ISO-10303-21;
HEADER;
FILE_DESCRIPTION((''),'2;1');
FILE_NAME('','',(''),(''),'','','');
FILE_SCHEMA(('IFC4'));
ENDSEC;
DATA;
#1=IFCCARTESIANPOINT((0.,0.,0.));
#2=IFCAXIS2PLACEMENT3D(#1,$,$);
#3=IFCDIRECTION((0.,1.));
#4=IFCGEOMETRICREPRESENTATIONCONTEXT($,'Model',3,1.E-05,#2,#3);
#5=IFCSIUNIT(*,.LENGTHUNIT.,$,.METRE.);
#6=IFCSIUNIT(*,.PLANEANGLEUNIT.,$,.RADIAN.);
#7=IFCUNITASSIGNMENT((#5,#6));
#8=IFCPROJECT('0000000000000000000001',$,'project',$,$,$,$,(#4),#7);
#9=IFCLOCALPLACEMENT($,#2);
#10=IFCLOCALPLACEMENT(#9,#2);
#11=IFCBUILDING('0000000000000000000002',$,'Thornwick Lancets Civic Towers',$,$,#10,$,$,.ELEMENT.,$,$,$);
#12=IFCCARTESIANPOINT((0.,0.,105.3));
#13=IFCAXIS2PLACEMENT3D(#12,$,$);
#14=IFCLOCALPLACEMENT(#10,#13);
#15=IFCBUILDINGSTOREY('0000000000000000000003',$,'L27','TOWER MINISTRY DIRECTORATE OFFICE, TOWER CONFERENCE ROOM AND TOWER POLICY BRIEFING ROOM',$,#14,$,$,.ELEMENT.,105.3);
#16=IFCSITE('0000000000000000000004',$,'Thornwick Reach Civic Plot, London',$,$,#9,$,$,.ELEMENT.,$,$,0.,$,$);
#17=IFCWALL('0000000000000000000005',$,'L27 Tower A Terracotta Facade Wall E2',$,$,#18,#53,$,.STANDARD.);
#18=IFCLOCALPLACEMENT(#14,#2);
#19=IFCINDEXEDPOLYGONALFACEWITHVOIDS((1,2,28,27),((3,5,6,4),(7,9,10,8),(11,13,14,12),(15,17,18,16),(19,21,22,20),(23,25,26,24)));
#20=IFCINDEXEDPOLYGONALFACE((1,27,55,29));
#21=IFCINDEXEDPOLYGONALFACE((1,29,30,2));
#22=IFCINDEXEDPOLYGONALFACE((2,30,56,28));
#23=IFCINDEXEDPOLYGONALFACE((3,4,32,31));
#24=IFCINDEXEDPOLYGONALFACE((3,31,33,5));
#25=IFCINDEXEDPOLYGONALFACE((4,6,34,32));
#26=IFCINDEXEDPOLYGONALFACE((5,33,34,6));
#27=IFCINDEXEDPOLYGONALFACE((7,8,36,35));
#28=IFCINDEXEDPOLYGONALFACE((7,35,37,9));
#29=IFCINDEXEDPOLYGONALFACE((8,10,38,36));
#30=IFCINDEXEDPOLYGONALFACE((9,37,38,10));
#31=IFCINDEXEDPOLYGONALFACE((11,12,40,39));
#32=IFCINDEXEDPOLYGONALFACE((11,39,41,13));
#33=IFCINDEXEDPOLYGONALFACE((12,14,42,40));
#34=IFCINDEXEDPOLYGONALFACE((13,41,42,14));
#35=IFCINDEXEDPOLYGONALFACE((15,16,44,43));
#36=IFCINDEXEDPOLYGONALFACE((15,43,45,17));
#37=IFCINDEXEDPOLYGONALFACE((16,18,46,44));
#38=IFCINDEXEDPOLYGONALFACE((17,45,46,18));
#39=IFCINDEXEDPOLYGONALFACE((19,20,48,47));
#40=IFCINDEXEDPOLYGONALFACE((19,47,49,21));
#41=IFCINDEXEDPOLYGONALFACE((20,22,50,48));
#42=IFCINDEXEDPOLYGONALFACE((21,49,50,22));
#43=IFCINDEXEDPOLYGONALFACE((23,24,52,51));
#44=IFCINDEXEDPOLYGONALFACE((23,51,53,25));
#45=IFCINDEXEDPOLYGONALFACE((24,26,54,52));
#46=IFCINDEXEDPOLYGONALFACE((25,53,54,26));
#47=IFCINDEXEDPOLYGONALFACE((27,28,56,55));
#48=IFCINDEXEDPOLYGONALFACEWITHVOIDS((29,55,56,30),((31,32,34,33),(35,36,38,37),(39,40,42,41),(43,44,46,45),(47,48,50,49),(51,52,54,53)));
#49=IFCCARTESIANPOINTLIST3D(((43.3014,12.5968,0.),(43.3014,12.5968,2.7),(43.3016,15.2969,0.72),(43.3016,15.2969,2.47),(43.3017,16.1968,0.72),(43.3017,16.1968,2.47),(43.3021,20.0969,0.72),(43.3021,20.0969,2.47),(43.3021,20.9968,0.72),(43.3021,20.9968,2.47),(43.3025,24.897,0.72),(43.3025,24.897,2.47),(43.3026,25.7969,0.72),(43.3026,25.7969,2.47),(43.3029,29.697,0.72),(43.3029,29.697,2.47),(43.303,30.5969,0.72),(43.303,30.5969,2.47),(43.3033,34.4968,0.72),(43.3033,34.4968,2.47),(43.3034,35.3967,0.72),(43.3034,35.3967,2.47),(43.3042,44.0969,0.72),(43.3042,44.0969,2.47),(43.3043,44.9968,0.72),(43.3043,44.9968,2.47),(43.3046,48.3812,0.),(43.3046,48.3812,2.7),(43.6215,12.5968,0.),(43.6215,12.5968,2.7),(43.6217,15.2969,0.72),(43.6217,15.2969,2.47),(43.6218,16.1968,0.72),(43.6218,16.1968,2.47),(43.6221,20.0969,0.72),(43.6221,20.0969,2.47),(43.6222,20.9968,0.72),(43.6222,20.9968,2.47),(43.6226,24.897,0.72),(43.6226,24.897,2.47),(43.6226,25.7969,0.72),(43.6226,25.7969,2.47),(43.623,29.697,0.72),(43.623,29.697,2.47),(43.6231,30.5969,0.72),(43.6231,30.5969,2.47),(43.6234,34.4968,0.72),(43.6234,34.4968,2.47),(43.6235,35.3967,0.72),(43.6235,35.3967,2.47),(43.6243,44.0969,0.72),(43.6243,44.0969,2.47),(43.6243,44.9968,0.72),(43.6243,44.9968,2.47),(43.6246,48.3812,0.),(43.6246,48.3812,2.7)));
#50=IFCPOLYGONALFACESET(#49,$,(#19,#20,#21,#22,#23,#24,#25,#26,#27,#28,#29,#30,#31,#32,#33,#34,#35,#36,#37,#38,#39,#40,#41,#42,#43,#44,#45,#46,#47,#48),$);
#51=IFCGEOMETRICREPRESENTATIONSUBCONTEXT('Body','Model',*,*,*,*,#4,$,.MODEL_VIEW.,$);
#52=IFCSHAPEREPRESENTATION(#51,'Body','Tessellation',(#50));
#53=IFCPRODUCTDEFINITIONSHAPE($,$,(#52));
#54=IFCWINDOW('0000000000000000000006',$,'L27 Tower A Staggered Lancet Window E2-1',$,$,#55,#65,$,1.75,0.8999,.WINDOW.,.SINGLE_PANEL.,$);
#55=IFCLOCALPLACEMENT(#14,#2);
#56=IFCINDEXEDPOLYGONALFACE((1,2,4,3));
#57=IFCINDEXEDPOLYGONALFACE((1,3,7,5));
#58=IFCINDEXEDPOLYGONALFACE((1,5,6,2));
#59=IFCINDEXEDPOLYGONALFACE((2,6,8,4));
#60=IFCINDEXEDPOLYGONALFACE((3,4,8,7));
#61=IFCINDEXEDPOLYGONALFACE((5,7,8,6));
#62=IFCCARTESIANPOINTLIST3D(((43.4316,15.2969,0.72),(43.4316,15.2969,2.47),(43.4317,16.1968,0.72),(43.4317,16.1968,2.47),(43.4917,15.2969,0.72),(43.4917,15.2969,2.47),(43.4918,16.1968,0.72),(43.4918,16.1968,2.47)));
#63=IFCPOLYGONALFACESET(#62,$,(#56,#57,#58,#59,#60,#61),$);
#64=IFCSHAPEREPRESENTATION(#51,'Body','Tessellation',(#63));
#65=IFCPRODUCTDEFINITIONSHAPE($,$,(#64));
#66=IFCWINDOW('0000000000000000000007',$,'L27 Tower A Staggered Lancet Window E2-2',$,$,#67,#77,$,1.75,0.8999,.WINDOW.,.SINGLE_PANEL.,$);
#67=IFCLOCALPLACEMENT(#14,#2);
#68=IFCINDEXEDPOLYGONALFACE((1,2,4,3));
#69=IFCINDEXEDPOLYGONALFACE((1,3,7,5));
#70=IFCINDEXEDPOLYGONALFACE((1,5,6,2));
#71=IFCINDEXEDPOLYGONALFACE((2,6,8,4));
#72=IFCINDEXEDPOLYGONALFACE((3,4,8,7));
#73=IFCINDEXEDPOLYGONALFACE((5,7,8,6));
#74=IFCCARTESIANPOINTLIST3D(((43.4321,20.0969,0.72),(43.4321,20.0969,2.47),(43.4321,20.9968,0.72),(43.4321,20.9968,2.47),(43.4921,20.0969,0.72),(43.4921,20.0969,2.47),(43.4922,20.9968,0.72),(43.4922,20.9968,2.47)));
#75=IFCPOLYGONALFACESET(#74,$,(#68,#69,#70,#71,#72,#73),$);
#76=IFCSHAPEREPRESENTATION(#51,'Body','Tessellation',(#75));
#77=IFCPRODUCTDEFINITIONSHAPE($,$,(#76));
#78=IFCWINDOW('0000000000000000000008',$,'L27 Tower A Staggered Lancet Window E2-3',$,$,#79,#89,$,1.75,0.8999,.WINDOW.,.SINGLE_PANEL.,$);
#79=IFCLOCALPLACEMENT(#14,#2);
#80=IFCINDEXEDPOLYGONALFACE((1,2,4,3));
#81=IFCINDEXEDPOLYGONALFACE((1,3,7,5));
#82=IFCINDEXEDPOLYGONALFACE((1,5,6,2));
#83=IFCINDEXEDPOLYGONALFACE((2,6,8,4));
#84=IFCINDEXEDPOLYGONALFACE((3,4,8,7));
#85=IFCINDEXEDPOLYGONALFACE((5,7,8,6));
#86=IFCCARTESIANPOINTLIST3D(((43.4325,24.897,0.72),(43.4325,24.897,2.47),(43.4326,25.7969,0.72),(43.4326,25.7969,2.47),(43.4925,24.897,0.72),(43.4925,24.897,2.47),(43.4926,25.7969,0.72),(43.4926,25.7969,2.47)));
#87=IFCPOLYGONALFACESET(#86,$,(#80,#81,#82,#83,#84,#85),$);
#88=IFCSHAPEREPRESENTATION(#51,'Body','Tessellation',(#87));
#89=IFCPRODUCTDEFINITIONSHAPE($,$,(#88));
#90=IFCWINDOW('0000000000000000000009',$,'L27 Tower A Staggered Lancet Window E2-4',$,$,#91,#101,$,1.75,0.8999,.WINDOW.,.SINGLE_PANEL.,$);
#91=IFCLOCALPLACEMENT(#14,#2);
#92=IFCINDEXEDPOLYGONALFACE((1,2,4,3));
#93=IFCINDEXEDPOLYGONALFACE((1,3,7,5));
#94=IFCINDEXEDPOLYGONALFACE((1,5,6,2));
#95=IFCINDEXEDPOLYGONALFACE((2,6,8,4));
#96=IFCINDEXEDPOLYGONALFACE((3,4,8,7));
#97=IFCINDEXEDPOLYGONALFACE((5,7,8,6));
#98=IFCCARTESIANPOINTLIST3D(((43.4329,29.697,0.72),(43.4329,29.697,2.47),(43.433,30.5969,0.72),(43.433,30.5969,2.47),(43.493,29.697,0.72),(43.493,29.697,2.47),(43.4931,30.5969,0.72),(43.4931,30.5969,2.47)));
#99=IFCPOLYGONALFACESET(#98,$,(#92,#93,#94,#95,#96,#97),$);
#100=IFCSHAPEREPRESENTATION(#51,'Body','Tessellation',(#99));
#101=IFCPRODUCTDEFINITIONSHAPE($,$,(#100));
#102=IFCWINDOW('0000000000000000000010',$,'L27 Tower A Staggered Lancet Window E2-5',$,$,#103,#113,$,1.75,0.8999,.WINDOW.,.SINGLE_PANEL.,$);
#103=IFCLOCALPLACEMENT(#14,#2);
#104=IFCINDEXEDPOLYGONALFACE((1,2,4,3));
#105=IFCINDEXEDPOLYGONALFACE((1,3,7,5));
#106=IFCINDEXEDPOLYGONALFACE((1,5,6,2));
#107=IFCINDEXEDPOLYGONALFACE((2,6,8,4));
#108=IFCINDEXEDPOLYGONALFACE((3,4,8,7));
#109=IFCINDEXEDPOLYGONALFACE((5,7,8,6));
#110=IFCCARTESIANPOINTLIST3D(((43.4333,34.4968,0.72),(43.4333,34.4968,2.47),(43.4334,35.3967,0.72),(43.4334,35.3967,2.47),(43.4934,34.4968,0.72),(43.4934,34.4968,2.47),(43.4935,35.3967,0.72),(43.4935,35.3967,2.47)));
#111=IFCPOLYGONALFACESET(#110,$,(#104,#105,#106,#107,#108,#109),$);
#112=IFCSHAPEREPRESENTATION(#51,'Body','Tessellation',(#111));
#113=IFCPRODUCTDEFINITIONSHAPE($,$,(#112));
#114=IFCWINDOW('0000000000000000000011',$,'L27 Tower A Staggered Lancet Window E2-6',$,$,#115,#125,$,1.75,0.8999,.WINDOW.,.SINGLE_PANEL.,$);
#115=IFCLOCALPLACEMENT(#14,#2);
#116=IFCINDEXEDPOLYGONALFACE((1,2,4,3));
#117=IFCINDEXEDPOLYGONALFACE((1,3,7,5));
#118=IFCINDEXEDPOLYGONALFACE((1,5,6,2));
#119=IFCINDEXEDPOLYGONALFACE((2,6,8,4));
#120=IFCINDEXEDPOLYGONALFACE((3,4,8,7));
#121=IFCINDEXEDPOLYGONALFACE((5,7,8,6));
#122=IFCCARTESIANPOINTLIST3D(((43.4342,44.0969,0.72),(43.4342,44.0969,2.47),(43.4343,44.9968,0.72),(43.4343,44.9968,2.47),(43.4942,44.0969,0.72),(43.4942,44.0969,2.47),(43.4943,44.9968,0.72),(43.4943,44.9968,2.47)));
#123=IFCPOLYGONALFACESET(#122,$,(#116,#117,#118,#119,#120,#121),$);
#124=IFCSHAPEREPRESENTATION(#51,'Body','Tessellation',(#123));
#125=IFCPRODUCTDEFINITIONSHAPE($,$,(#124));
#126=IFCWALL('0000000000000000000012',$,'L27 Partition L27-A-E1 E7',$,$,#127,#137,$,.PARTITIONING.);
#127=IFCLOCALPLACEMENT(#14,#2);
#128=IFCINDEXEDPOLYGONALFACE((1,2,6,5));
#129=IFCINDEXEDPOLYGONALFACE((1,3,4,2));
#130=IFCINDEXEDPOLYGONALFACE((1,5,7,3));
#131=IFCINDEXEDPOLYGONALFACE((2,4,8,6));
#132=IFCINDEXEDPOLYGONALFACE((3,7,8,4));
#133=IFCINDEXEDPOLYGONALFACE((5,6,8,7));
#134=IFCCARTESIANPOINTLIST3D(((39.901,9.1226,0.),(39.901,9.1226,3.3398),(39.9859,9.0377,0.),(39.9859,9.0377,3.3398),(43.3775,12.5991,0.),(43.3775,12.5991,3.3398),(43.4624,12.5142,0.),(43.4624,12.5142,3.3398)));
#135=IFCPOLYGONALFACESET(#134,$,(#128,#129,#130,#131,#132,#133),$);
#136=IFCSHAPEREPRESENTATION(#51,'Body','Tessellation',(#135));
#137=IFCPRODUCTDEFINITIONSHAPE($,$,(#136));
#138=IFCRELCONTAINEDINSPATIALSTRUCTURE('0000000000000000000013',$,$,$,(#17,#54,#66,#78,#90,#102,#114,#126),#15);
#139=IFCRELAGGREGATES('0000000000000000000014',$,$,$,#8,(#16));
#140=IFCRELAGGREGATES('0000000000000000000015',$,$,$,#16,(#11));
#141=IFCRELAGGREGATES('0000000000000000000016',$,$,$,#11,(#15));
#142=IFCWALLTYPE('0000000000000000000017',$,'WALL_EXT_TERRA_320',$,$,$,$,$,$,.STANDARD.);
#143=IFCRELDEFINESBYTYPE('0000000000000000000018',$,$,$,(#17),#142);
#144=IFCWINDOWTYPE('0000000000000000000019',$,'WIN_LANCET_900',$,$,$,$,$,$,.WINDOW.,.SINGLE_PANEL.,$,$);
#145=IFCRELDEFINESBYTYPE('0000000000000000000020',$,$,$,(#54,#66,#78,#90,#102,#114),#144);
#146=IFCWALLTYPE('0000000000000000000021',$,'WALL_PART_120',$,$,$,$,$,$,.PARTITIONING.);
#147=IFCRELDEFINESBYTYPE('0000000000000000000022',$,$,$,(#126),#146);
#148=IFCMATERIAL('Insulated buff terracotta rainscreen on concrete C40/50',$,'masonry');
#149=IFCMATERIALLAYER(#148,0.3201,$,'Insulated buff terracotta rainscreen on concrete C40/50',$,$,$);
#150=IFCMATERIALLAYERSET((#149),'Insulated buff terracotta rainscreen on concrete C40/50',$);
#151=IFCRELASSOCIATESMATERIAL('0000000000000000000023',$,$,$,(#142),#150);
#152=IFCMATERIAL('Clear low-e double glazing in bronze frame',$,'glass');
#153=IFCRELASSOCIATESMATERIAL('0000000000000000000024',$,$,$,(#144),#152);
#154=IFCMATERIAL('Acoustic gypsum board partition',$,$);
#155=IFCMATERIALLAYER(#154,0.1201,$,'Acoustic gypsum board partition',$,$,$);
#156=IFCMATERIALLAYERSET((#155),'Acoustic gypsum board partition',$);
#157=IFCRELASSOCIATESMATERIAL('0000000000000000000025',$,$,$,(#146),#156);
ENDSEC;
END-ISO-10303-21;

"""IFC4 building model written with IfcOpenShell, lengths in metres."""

from ifc_helpers import new_model, si_unit, direction, frame, frame_2d, origin, place, context, subcontext, project, spatial, rectangle, extrude, material, layer, layer_set, type_object, element, fill, save


model = new_model("IFC4")

# Units and contexts
model_context = context("Model", 3, precision=1e-05, world=origin(), true_north=direction((0.0, 1.0)))
body_context = subcontext(model_context, "Body", "Model", "MODEL_VIEW")
ifc_project = project(units=[si_unit("LENGTHUNIT", "METRE"), si_unit("PLANEANGLEUNIT", "RADIAN")], contexts=[model_context])

# Site, building, storey
site_placement = place(None, origin())
site = spatial("IfcSite", under=ifc_project, at=site_placement, Name="Thornwick Reach Civic Plot, London", CompositionType="ELEMENT", RefElevation=0.0)
building_placement = place(site_placement, origin())
building = spatial("IfcBuilding", under=site, at=building_placement, Name="Thornwick Lancets Civic Towers", CompositionType="ELEMENT")
storey_placement = place(building_placement, frame((0.0, 0.0, 105.3)))
storey = spatial("IfcBuildingStorey", under=building, at=storey_placement, Name="L27", Description="TOWER MINISTRY DIRECTORATE OFFICE, TOWER CONFERENCE ROOM AND TOWER POLICY BRIEFING ROOM", CompositionType="ELEMENT", Elevation=105.3)

# Wall, openings, windows
ifc_material_1 = material(Name="Insulated buff terracotta rainscreen on concrete C40/50", Category="masonry")
ifc_layer_1 = layer(ifc_material_1, 0.3201, Name="Insulated buff terracotta rainscreen on concrete C40/50")
ifc_layer_set_1 = layer_set([ifc_layer_1], Name="Insulated buff terracotta rainscreen on concrete C40/50")
wall_type_1 = type_object("IfcWallType", Name="WALL_EXT_TERRA_320", PredefinedType="STANDARD", material=ifc_layer_set_1)
wall_1_placement = place(storey_placement, frame((43.4614, 12.5969, 0.0), z_axis=(0.0, 0.0, 1.0), x_axis=(0.000089, 1.0, 0.0)))
wall_1 = element("IfcWall", 1, at=wall_1_placement, inside=storey, type_object=wall_type_1, Name="L27 Tower A Terracotta Facade Wall E2", PredefinedType="STANDARD", context=body_context, shape_type="SweptSolid", body=[
    extrude(rectangle(XDim=35.7844, YDim=0.3201, at=frame_2d((17.8921, 0.0))), origin(), (0.0, 0.0, 1.0), 2.7),
])
opening_1_placement = place(wall_1_placement, frame((2.7, 0.0, 0.72)))
opening_1 = element("IfcOpeningElement", 2, at=opening_1_placement, cuts=wall_1, PredefinedType="OPENING", context=body_context, shape_type="SweptSolid", body=[
    extrude(rectangle(XDim=0.8999, YDim=1.75, at=frame_2d((0.45, 0.875))), frame((0.0, 0.1699, 0.0), z_axis=(0.0, -1.0, 0.0), x_axis=(1.0, 0.0, 0.0)), (0.0, 0.0, 1.0), 0.3401),
])
opening_2_placement = place(wall_1_placement, frame((7.5, 0.0, 0.72)))
opening_2 = element("IfcOpeningElement", 3, at=opening_2_placement, cuts=wall_1, PredefinedType="OPENING", context=body_context, shape_type="SweptSolid", body=[
    extrude(rectangle(XDim=0.8999, YDim=1.75, at=frame_2d((0.45, 0.875))), frame((0.0, 0.1699, 0.0), z_axis=(0.0, -1.0, 0.0), x_axis=(1.0, 0.0, 0.0)), (0.0, 0.0, 1.0), 0.3401),
])
opening_3_placement = place(wall_1_placement, frame((12.3, 0.0, 0.72)))
opening_3 = element("IfcOpeningElement", 4, at=opening_3_placement, cuts=wall_1, PredefinedType="OPENING", context=body_context, shape_type="SweptSolid", body=[
    extrude(rectangle(XDim=0.8999, YDim=1.75, at=frame_2d((0.45, 0.875))), frame((0.0, 0.1699, 0.0), z_axis=(0.0, -1.0, 0.0), x_axis=(1.0, 0.0, 0.0)), (0.0, 0.0, 1.0), 0.3401),
])
opening_4_placement = place(wall_1_placement, frame((17.1001, 0.0, 0.72)))
opening_4 = element("IfcOpeningElement", 5, at=opening_4_placement, cuts=wall_1, PredefinedType="OPENING", context=body_context, shape_type="SweptSolid", body=[
    extrude(rectangle(XDim=0.8999, YDim=1.75, at=frame_2d((0.45, 0.875))), frame((0.0, 0.1699, 0.0), z_axis=(0.0, -1.0, 0.0), x_axis=(1.0, 0.0, 0.0)), (0.0, 0.0, 1.0), 0.3401),
])
opening_5_placement = place(wall_1_placement, frame((21.8999, 0.0, 0.72)))
opening_5 = element("IfcOpeningElement", 6, at=opening_5_placement, cuts=wall_1, PredefinedType="OPENING", context=body_context, shape_type="SweptSolid", body=[
    extrude(rectangle(XDim=0.8999, YDim=1.75, at=frame_2d((0.45, 0.875))), frame((0.0, 0.1699, 0.0), z_axis=(0.0, -1.0, 0.0), x_axis=(1.0, 0.0, 0.0)), (0.0, 0.0, 1.0), 0.3401),
])
opening_6_placement = place(wall_1_placement, frame((31.5, 0.0, 0.72)))
opening_6 = element("IfcOpeningElement", 7, at=opening_6_placement, cuts=wall_1, PredefinedType="OPENING", context=body_context, shape_type="SweptSolid", body=[
    extrude(rectangle(XDim=0.8999, YDim=1.75, at=frame_2d((0.45, 0.875))), frame((0.0, 0.1699, 0.0), z_axis=(0.0, -1.0, 0.0), x_axis=(1.0, 0.0, 0.0)), (0.0, 0.0, 1.0), 0.3401),
])
ifc_material_2 = material(Name="Clear low-e double glazing in bronze frame", Category="glass")
window_type = type_object("IfcWindowType", Name="WIN_LANCET_900", PartitioningType="SINGLE_PANEL", PredefinedType="WINDOW", material=ifc_material_2)
window_1_placement = place(opening_1_placement, origin())
window_1 = element("IfcWindow", 8, at=window_1_placement, inside=storey, type_object=window_type, Name="L27 Tower A Staggered Lancet Window E2-1", OverallHeight=1.75, OverallWidth=0.8999, PartitioningType="SINGLE_PANEL", PredefinedType="WINDOW", context=body_context, shape_type="SweptSolid", body=[
    extrude(rectangle(XDim=0.8999, YDim=1.75, at=frame_2d((0.45, 0.875))), frame((0.0, 0.03, 0.0), z_axis=(0.0, -1.0, 0.0), x_axis=(1.0, 0.0, 0.0)), (0.0, 0.0, 1.0), 0.0601),
])
fill(opening_1, window_1)
window_2_placement = place(opening_2_placement, origin())
window_2 = element("IfcWindow", 9, at=window_2_placement, inside=storey, type_object=window_type, Name="L27 Tower A Staggered Lancet Window E2-2", OverallHeight=1.75, OverallWidth=0.8999, PartitioningType="SINGLE_PANEL", PredefinedType="WINDOW", context=body_context, shape_type="SweptSolid", body=[
    extrude(rectangle(XDim=0.8999, YDim=1.75, at=frame_2d((0.45, 0.875))), frame((0.0, 0.03, 0.0), z_axis=(0.0, -1.0, 0.0), x_axis=(1.0, 0.0, 0.0)), (0.0, 0.0, 1.0), 0.0601),
])
fill(opening_2, window_2)
window_3_placement = place(opening_3_placement, origin())
window_3 = element("IfcWindow", 10, at=window_3_placement, inside=storey, type_object=window_type, Name="L27 Tower A Staggered Lancet Window E2-3", OverallHeight=1.75, OverallWidth=0.8999, PartitioningType="SINGLE_PANEL", PredefinedType="WINDOW", context=body_context, shape_type="SweptSolid", body=[
    extrude(rectangle(XDim=0.8999, YDim=1.75, at=frame_2d((0.45, 0.875))), frame((0.0, 0.03, 0.0), z_axis=(0.0, -1.0, 0.0), x_axis=(1.0, 0.0, 0.0)), (0.0, 0.0, 1.0), 0.0601),
])
fill(opening_3, window_3)
window_4_placement = place(opening_4_placement, origin())
window_4 = element("IfcWindow", 11, at=window_4_placement, inside=storey, type_object=window_type, Name="L27 Tower A Staggered Lancet Window E2-4", OverallHeight=1.75, OverallWidth=0.8999, PartitioningType="SINGLE_PANEL", PredefinedType="WINDOW", context=body_context, shape_type="SweptSolid", body=[
    extrude(rectangle(XDim=0.8999, YDim=1.75, at=frame_2d((0.45, 0.875))), frame((0.0, 0.03, 0.0), z_axis=(0.0, -1.0, 0.0), x_axis=(1.0, 0.0, 0.0)), (0.0, 0.0, 1.0), 0.0601),
])
fill(opening_4, window_4)
window_5_placement = place(opening_5_placement, origin())
window_5 = element("IfcWindow", 12, at=window_5_placement, inside=storey, type_object=window_type, Name="L27 Tower A Staggered Lancet Window E2-5", OverallHeight=1.75, OverallWidth=0.8999, PartitioningType="SINGLE_PANEL", PredefinedType="WINDOW", context=body_context, shape_type="SweptSolid", body=[
    extrude(rectangle(XDim=0.8999, YDim=1.75, at=frame_2d((0.45, 0.875))), frame((0.0, 0.03, 0.0), z_axis=(0.0, -1.0, 0.0), x_axis=(1.0, 0.0, 0.0)), (0.0, 0.0, 1.0), 0.0601),
])
fill(opening_5, window_5)
window_6_placement = place(opening_6_placement, origin())
window_6 = element("IfcWindow", 13, at=window_6_placement, inside=storey, type_object=window_type, Name="L27 Tower A Staggered Lancet Window E2-6", OverallHeight=1.75, OverallWidth=0.8999, PartitioningType="SINGLE_PANEL", PredefinedType="WINDOW", context=body_context, shape_type="SweptSolid", body=[
    extrude(rectangle(XDim=0.8999, YDim=1.75, at=frame_2d((0.45, 0.875))), frame((0.0, 0.03, 0.0), z_axis=(0.0, -1.0, 0.0), x_axis=(1.0, 0.0, 0.0)), (0.0, 0.0, 1.0), 0.0601),
])
fill(opening_6, window_6)

# Wall
ifc_material_3 = material(Name="Acoustic gypsum board partition")
ifc_layer_2 = layer(ifc_material_3, 0.1201, Name="Acoustic gypsum board partition")
ifc_layer_set_2 = layer_set([ifc_layer_2], Name="Acoustic gypsum board partition")
wall_type_2 = type_object("IfcWallType", Name="WALL_PART_120", PredefinedType="PARTITIONING", material=ifc_layer_set_2)
wall_2_placement = place(storey_placement, frame((43.4199, 12.5566, 0.0), z_axis=(0.0, 0.0, 1.0), x_axis=(-0.707107, -0.707107, 0.0)))
element("IfcWall", 14, at=wall_2_placement, inside=storey, type_object=wall_type_2, Name="L27 Partition L27-A-E1 E7", PredefinedType="PARTITIONING", context=body_context, shape_type="SweptSolid", body=[
    extrude(rectangle(XDim=4.9165, YDim=0.1201, at=frame_2d((2.4583, 0.0))), origin(), (0.0, 0.0, 1.0), 3.3398),
])

save(model, "model.ifc")
